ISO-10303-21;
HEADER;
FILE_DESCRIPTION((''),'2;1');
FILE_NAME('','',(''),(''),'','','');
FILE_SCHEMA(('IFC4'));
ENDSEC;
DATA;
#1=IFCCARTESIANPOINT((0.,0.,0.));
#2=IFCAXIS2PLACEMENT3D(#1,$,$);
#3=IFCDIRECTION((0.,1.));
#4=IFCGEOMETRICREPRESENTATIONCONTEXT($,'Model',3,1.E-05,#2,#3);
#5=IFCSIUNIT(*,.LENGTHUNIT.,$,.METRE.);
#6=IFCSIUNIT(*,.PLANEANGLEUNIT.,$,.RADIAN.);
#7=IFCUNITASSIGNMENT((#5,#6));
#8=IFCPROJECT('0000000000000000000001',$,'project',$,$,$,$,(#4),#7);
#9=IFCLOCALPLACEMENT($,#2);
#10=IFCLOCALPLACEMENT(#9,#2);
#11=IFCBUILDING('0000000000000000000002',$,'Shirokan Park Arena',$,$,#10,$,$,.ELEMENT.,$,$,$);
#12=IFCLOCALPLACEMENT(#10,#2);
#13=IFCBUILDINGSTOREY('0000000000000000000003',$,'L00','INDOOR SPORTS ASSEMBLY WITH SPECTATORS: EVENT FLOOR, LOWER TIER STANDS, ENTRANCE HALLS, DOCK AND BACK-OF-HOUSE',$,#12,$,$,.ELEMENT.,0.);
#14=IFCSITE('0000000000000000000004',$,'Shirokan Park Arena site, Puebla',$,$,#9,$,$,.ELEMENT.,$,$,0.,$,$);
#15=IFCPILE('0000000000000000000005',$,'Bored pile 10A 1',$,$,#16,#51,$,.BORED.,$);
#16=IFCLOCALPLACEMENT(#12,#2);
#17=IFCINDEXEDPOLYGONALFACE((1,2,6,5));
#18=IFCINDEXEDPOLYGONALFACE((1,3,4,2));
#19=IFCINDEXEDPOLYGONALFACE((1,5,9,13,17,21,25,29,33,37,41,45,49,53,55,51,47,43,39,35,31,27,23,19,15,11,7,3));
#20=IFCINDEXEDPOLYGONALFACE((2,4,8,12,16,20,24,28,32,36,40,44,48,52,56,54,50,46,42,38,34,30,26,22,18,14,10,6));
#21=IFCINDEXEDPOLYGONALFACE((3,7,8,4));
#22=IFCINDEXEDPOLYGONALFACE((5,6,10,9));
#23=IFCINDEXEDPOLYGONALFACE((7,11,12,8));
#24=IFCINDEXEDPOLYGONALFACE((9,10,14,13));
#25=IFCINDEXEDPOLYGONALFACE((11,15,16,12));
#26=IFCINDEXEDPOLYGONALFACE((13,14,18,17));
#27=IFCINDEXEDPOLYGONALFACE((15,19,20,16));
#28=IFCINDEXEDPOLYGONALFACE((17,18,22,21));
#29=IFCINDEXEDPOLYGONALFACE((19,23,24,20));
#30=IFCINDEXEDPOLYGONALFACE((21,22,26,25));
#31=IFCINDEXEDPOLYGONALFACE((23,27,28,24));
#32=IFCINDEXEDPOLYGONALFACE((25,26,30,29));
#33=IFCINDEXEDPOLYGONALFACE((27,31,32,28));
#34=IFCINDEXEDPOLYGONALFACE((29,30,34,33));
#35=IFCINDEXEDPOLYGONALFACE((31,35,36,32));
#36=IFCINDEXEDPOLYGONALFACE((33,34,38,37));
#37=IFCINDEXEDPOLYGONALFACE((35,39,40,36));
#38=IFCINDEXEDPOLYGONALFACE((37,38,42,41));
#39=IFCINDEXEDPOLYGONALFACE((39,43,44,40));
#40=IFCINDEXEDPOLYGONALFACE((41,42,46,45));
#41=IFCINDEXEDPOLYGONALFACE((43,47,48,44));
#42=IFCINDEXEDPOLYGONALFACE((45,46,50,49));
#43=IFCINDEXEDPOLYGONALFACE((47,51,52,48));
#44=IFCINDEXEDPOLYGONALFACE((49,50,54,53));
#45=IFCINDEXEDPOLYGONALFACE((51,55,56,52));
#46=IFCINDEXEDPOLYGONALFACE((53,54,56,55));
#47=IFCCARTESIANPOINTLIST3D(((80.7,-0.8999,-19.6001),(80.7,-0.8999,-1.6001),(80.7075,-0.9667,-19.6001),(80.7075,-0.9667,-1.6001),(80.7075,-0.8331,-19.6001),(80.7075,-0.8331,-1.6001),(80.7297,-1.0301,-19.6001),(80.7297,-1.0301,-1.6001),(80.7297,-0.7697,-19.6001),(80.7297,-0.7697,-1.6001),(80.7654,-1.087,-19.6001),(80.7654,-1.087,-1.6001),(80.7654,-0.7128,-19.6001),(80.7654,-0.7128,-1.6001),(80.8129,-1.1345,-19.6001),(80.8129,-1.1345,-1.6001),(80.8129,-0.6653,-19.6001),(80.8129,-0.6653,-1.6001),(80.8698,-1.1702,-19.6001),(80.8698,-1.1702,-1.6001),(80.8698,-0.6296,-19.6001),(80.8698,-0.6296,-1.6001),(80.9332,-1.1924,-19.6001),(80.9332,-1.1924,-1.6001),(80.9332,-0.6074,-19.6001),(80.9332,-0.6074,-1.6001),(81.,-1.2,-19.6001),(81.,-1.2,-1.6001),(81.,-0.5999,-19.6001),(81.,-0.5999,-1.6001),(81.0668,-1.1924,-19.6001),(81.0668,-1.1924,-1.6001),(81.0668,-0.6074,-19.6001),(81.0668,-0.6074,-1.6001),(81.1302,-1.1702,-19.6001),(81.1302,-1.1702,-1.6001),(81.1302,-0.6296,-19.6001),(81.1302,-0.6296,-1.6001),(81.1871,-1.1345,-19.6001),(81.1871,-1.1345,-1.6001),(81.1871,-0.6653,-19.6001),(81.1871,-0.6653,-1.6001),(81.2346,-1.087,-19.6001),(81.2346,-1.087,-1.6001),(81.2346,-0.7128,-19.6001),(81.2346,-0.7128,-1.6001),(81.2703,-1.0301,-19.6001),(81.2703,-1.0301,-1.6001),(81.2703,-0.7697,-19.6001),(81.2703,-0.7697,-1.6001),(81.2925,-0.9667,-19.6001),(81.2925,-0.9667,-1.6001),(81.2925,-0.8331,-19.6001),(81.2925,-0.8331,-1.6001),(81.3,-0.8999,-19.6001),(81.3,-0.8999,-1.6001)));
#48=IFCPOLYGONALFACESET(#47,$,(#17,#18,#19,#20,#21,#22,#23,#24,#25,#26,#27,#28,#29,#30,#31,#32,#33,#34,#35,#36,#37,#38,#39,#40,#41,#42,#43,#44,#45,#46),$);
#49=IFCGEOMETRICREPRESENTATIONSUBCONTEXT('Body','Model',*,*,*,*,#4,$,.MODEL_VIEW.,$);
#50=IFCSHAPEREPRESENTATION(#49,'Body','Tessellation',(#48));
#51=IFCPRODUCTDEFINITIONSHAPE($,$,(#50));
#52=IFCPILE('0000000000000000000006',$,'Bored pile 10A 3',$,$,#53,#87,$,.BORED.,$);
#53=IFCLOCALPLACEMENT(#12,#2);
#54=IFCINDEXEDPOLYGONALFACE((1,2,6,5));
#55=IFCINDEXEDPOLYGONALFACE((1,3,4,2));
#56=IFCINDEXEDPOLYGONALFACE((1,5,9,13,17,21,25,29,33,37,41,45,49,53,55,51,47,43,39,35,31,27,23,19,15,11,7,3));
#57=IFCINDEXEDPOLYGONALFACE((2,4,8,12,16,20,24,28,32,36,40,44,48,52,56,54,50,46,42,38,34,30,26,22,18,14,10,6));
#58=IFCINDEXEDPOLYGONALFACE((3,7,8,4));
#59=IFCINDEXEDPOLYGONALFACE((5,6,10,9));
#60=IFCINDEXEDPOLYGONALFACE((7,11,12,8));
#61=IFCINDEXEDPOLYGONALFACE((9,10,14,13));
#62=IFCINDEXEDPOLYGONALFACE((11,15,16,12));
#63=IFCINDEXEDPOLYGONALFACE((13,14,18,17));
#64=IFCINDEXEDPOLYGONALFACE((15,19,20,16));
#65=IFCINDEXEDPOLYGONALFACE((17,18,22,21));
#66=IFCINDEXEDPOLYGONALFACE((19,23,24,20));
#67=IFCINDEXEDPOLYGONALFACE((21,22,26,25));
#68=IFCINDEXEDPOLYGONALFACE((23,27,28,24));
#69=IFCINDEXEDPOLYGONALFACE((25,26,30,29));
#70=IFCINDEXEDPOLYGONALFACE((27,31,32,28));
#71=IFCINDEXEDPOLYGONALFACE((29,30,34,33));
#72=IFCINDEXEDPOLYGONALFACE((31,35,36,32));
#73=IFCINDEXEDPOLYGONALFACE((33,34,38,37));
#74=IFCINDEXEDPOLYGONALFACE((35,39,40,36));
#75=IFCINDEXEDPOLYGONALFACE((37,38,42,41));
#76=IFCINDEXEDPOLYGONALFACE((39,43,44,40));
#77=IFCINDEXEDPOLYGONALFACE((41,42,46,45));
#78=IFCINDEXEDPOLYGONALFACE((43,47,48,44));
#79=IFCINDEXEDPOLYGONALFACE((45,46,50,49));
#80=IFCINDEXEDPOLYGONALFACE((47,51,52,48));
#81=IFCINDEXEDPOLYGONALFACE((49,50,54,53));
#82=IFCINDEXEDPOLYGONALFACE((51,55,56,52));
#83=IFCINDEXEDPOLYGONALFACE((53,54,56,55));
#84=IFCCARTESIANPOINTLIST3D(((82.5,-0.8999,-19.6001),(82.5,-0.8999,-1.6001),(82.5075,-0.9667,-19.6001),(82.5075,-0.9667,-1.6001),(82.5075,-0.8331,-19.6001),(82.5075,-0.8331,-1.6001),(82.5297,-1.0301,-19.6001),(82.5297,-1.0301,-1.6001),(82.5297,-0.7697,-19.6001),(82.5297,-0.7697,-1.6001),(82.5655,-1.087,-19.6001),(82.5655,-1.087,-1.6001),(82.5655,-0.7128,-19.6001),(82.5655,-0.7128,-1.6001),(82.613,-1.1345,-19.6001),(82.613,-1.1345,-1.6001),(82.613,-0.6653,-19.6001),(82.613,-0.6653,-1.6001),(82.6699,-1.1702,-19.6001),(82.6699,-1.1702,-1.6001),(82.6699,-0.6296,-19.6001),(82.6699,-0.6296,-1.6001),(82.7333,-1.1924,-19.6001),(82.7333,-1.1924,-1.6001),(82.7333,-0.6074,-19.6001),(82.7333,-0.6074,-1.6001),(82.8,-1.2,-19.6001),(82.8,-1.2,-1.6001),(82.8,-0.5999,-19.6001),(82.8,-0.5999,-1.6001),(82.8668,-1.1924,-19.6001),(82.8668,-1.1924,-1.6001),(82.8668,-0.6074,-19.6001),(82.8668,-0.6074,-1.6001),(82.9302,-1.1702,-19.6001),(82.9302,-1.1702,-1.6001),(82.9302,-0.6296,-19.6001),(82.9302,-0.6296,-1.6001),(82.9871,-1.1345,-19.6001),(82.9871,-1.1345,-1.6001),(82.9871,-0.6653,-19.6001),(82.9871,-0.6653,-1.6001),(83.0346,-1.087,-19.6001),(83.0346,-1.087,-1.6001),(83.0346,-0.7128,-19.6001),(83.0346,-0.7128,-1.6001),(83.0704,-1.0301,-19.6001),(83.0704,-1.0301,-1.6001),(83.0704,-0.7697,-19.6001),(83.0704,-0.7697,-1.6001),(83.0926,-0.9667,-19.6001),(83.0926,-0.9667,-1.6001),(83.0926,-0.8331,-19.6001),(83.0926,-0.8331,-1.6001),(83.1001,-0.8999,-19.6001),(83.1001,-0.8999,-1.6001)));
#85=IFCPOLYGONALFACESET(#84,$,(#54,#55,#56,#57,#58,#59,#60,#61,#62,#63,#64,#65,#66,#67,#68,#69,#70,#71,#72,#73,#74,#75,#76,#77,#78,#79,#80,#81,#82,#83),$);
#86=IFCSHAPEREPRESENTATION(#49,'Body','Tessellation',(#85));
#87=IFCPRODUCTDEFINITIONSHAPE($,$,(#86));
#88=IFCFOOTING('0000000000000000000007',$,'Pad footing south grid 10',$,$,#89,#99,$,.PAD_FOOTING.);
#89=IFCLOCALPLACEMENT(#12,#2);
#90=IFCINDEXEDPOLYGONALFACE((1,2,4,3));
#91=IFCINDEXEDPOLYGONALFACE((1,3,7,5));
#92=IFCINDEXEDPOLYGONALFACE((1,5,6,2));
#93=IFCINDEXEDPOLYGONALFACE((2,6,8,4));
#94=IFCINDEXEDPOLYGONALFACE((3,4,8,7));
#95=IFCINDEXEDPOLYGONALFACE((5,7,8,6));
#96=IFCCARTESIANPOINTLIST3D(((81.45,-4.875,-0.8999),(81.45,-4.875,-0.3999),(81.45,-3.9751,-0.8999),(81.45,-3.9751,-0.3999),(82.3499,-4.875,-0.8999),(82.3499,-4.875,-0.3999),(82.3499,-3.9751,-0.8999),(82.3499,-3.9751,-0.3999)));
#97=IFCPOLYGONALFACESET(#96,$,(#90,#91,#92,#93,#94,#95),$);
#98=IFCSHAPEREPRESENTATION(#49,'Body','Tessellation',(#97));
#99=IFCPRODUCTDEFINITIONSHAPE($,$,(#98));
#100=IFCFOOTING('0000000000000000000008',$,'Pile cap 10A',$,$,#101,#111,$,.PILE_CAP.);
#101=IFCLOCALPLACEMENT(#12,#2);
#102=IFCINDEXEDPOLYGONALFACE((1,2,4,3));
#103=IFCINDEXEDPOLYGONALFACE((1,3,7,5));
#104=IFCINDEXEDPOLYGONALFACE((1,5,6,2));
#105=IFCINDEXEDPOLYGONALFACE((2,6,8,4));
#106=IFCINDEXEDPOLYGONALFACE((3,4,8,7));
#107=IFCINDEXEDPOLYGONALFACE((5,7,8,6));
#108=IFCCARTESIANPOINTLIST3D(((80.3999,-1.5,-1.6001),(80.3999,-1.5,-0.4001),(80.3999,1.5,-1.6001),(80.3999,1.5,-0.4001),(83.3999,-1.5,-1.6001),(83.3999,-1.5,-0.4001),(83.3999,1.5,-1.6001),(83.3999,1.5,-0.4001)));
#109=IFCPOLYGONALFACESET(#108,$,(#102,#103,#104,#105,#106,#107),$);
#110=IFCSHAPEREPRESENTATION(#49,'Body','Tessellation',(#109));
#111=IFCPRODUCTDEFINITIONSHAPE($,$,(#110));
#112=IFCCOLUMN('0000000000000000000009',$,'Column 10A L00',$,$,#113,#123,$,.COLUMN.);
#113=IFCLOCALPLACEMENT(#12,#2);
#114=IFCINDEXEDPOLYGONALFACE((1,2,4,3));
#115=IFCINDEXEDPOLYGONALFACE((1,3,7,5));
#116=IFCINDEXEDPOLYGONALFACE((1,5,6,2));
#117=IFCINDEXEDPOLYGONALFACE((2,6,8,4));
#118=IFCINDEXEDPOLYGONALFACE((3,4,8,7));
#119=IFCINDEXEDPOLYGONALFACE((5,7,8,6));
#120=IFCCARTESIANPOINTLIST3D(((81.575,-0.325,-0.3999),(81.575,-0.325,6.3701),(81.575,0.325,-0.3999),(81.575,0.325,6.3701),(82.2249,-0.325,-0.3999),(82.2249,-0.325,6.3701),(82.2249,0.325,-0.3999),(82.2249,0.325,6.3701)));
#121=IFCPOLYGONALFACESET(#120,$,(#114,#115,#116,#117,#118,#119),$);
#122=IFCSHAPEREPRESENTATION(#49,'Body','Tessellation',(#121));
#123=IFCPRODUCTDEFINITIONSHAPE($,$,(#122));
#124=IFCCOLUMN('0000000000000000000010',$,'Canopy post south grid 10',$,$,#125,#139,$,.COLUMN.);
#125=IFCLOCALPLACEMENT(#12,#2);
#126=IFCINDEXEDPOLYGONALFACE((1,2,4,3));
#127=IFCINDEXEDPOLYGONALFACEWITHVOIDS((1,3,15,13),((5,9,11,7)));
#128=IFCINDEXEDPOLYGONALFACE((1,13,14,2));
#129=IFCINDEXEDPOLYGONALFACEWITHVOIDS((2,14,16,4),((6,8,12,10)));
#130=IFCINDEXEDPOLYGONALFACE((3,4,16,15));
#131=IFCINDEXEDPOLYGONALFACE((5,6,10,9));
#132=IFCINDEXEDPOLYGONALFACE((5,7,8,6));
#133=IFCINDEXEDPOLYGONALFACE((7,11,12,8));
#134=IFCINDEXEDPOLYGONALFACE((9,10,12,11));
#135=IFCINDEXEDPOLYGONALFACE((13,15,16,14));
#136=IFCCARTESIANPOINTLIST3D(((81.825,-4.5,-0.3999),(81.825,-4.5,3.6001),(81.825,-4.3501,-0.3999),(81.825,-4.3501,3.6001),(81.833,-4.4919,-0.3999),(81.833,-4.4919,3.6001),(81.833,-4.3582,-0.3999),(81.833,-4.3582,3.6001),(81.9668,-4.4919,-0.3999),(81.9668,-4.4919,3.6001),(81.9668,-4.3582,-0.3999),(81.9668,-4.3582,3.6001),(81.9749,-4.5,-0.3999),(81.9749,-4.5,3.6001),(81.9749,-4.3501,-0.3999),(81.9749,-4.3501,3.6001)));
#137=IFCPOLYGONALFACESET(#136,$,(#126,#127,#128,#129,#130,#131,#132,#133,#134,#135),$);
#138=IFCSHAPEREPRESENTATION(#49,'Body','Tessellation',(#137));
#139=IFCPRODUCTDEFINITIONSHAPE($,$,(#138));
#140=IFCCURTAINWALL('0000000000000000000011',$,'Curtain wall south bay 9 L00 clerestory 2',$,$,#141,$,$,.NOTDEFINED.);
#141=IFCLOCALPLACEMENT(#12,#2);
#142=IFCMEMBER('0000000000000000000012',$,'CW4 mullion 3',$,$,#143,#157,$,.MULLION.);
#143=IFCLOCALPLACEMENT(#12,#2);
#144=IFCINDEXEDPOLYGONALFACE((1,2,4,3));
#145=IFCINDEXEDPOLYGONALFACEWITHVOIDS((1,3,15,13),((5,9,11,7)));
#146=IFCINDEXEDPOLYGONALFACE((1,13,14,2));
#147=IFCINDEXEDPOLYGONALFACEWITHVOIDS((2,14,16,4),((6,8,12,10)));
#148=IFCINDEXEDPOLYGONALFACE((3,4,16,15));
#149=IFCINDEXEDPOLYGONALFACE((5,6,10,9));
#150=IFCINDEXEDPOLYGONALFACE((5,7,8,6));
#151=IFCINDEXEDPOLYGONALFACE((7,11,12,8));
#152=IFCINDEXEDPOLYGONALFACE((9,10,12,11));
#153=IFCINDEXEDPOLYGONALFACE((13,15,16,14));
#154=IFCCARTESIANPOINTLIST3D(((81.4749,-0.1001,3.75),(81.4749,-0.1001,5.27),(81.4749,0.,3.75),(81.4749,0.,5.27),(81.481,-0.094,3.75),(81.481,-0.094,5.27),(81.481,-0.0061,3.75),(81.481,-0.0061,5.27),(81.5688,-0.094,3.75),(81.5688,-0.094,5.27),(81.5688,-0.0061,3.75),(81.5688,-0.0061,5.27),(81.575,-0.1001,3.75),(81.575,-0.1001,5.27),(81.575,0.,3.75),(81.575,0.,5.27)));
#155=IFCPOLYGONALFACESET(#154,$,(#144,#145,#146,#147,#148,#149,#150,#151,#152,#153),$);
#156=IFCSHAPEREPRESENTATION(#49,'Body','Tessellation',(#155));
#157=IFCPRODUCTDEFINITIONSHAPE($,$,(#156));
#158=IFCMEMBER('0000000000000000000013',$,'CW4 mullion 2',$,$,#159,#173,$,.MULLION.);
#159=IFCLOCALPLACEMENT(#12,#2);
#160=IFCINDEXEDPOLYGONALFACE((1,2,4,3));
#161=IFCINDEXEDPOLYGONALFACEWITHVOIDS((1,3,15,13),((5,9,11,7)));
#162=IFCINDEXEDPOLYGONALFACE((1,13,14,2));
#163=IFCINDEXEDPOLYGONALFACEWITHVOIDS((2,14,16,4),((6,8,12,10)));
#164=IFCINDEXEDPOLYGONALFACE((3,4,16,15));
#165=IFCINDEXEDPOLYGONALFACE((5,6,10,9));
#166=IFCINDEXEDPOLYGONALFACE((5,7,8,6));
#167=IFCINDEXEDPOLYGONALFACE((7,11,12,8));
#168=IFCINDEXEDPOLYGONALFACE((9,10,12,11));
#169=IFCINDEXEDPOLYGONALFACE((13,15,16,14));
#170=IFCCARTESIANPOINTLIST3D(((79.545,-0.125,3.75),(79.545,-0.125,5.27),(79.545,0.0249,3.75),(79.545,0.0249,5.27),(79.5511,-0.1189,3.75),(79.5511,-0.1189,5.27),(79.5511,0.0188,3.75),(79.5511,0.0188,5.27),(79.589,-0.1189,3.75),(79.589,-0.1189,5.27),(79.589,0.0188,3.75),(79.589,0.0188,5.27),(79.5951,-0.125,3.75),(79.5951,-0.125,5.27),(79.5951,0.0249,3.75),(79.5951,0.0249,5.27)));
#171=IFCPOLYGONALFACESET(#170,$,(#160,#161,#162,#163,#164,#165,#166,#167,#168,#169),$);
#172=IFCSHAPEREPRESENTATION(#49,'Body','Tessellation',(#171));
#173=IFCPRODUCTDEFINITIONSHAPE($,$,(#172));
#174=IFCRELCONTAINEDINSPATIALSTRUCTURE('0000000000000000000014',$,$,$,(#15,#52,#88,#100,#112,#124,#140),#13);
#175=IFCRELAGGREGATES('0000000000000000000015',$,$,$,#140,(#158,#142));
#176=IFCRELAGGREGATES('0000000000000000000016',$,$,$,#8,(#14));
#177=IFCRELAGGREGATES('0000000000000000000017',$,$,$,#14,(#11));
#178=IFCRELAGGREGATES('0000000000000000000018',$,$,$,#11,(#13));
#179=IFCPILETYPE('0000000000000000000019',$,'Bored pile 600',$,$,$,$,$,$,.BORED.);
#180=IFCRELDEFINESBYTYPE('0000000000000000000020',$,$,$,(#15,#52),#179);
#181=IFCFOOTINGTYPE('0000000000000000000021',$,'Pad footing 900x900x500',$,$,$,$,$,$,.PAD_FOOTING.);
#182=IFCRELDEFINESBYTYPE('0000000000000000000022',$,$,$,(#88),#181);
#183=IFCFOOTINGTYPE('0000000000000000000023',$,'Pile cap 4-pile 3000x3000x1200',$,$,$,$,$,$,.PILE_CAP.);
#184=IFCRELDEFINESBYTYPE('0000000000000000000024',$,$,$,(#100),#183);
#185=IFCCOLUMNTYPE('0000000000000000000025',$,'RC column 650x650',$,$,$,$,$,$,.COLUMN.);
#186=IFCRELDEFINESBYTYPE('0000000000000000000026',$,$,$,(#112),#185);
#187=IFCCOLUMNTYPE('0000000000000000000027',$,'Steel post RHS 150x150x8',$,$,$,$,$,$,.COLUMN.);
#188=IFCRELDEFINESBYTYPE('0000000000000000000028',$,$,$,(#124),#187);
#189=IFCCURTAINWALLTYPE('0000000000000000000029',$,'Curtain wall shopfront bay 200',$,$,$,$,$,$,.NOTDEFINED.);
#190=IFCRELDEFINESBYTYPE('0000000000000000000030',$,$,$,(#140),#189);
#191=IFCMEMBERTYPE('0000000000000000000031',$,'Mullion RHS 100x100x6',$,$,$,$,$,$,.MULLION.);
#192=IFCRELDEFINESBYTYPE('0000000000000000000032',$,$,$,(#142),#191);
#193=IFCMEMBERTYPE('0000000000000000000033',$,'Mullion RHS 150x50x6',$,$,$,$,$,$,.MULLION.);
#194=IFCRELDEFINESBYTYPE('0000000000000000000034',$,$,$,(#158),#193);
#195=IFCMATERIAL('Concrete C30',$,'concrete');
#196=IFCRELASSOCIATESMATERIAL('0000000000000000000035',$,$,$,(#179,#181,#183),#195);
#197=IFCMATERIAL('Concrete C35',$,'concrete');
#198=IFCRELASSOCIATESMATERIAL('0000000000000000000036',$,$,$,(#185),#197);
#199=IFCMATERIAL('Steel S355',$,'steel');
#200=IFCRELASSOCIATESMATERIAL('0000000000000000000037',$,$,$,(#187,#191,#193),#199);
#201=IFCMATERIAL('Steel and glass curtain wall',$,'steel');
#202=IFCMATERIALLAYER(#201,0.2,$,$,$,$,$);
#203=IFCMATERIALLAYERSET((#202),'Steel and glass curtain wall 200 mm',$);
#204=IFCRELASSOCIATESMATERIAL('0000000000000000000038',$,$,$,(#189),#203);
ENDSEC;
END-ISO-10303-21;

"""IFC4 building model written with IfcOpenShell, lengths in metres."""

from ifc_helpers import new_model, si_unit, direction, frame, origin, origin_2d, place, context, subcontext, project, spatial, rectangle, hollow_rectangle, circle, extrude, material, layer, layer_set, material_profile, profile_set, type_object, element, aggregate, save


model = new_model("IFC4")

# Units and contexts
model_context = context("Model", 3, precision=1e-05, world=origin(), true_north=direction((0.0, 1.0)))
body_context = subcontext(model_context, "Body", "Model", "MODEL_VIEW")
ifc_project = project(units=[si_unit("LENGTHUNIT", "METRE"), si_unit("PLANEANGLEUNIT", "RADIAN")], contexts=[model_context])

# Site, building, storey
site_placement = place(None, origin())
site = spatial("IfcSite", under=ifc_project, at=site_placement, Name="Shirokan Park Arena site, Puebla", CompositionType="ELEMENT", RefElevation=0.0)
building_placement = place(site_placement, origin())
building = spatial("IfcBuilding", under=site, at=building_placement, Name="Shirokan Park Arena", CompositionType="ELEMENT")
storey_placement = place(building_placement, origin())
storey = spatial("IfcBuildingStorey", under=building, at=storey_placement, Name="L00", Description="INDOOR SPORTS ASSEMBLY WITH SPECTATORS: EVENT FLOOR, LOWER TIER STANDS, ENTRANCE HALLS, DOCK AND BACK-OF-HOUSE", CompositionType="ELEMENT", Elevation=0.0)

# Piles
ifc_material_1 = material(Name="Concrete C30", Category="concrete")
ifc_material_profile_1 = material_profile(ifc_material_1, circle(Radius=0.3, at=origin_2d()), Name="D600")
ifc_profile_set_1 = profile_set([ifc_material_profile_1], Name="Concrete C30")
pile_type = type_object("IfcPileType", Name="Bored pile 600", PredefinedType="BORED", material=ifc_profile_set_1)
for number, where, z_axis, x_axis, name in (
    (1, (81.0, -0.8999, -1.6001), (0.0, 0.0, -1.0), (1.0, 0.0, 0.0), "Bored pile 10A 1"),
    (2, (82.8, -0.8999, -1.6001), (0.0, 0.0, -1.0), (1.0, 0.0, 0.0), "Bored pile 10A 3"),
):
    element("IfcPile", number, at=place(storey_placement, frame(where, z_axis=z_axis, x_axis=x_axis)), inside=storey, type_object=pile_type, Name=name, PredefinedType="BORED", context=body_context, shape_type="SweptSolid", body=[
        extrude(circle(Radius=0.3, at=origin_2d()), origin(), (0.0, 0.0, 1.0), 18.0),
    ])

# Footings
footing_type_1 = type_object("IfcFootingType", Name="Pad footing 900x900x500", PredefinedType="PAD_FOOTING", material=ifc_material_1)
footing_1_placement = place(storey_placement, frame((81.8999, -4.425, -0.8999), z_axis=(0.0, 0.0, 1.0), x_axis=(1.0, 0.0, 0.0)))
element("IfcFooting", 3, at=footing_1_placement, inside=storey, type_object=footing_type_1, Name="Pad footing south grid 10", PredefinedType="PAD_FOOTING", context=body_context, shape_type="SweptSolid", body=[
    extrude(rectangle(XDim=0.8999, YDim=0.8999, at=origin_2d()), origin(), (0.0, 0.0, 1.0), 0.5),
])
footing_type_2 = type_object("IfcFootingType", Name="Pile cap 4-pile 3000x3000x1200", PredefinedType="PILE_CAP", material=ifc_material_1)
footing_2_placement = place(storey_placement, frame((81.8999, 0.0, -1.6001), z_axis=(0.0, 0.0, 1.0), x_axis=(1.0, 0.0, 0.0)))
element("IfcFooting", 4, at=footing_2_placement, inside=storey, type_object=footing_type_2, Name="Pile cap 10A", PredefinedType="PILE_CAP", context=body_context, shape_type="SweptSolid", body=[
    extrude(rectangle(XDim=3.0, YDim=3.0, at=origin_2d()), origin(), (0.0, 0.0, 1.0), 1.2),
])

# Columns
ifc_material_2 = material(Name="Concrete C35", Category="concrete")
ifc_material_profile_2 = material_profile(ifc_material_2, rectangle(XDim=0.6499, YDim=0.6499, at=origin_2d()), Name="650x650")
ifc_profile_set_2 = profile_set([ifc_material_profile_2], Name="Concrete C35")
column_type_1 = type_object("IfcColumnType", Name="RC column 650x650", PredefinedType="COLUMN", material=ifc_profile_set_2)
column_1_placement = place(storey_placement, frame((81.8999, 0.0, -0.3999), z_axis=(0.0, 0.0, 1.0), x_axis=(1.0, 0.0, 0.0)))
element("IfcColumn", 5, at=column_1_placement, inside=storey, type_object=column_type_1, Name="Column 10A L00", PredefinedType="COLUMN", context=body_context, shape_type="SweptSolid", body=[
    extrude(rectangle(XDim=0.6499, YDim=0.6499, at=origin_2d()), origin(), (0.0, 0.0, 1.0), 6.77),
])
ifc_material_3 = material(Name="Steel S355", Category="steel")
ifc_material_profile_3 = material_profile(ifc_material_3, hollow_rectangle(XDim=0.1499, YDim=0.1499, WallThickness=0.0081, at=origin_2d()), Name="RHS 150x150x8")
ifc_profile_set_3 = profile_set([ifc_material_profile_3], Name="Steel S355")
column_type_2 = type_object("IfcColumnType", Name="Steel post RHS 150x150x8", PredefinedType="COLUMN", material=ifc_profile_set_3)
column_2_placement = place(storey_placement, frame((81.8999, -4.425, -0.3999), z_axis=(0.0, 0.0, 1.0), x_axis=(1.0, 0.0, 0.0)))
element("IfcColumn", 6, at=column_2_placement, inside=storey, type_object=column_type_2, Name="Canopy post south grid 10", PredefinedType="COLUMN", context=body_context, shape_type="SweptSolid", body=[
    extrude(hollow_rectangle(XDim=0.1499, YDim=0.1499, WallThickness=0.0081, at=origin_2d()), origin(), (0.0, 0.0, 1.0), 4.0),
])

# Curtain wall, members
ifc_material_4 = material(Name="Steel and glass curtain wall", Category="steel")
ifc_layer_1 = layer(ifc_material_4, 0.2)
ifc_layer_set_1 = layer_set([ifc_layer_1], Name="Steel and glass curtain wall 200 mm")
curtain_wall_type = type_object("IfcCurtainWallType", Name="Curtain wall shopfront bay 200", PredefinedType="NOTDEFINED", material=ifc_layer_set_1)
curtain_wall_placement = place(storey_placement, origin())
curtain_wall = element("IfcCurtainWall", 7, at=curtain_wall_placement, inside=storey, type_object=curtain_wall_type, Name="Curtain wall south bay 9 L00 clerestory 2", PredefinedType="NOTDEFINED")
ifc_material_profile_4 = material_profile(ifc_material_3, hollow_rectangle(XDim=0.1001, YDim=0.1001, WallThickness=0.0061, at=origin_2d()), Name="RHS 100x100x6")
ifc_profile_set_4 = profile_set([ifc_material_profile_4], Name="Steel S355")
member_type_1 = type_object("IfcMemberType", Name="Mullion RHS 100x100x6", PredefinedType="MULLION", material=ifc_profile_set_4)
member_1_placement = place(storey_placement, frame((81.5249, -0.05, 3.75), z_axis=(0.0, 0.0, 1.0), x_axis=(0.0, 1.0, 0.0)))
member_1 = element("IfcMember", 8, at=member_1_placement, type_object=member_type_1, Name="CW4 mullion 3", PredefinedType="MULLION", context=body_context, shape_type="SweptSolid", body=[
    extrude(hollow_rectangle(XDim=0.1001, YDim=0.1001, WallThickness=0.0061, at=origin_2d()), origin(), (0.0, 0.0, 1.0), 1.52),
])
ifc_material_profile_5 = material_profile(ifc_material_3, hollow_rectangle(XDim=0.1499, YDim=0.05, WallThickness=0.0061, at=origin_2d()), Name="RHS 150x50x6")
ifc_profile_set_5 = profile_set([ifc_material_profile_5], Name="Steel S355")
member_type_2 = type_object("IfcMemberType", Name="Mullion RHS 150x50x6", PredefinedType="MULLION", material=ifc_profile_set_5)
member_2_placement = place(storey_placement, frame((79.5701, -0.05, 3.75), z_axis=(0.0, 0.0, 1.0), x_axis=(0.0, 1.0, 0.0)))
member_2 = element("IfcMember", 9, at=member_2_placement, type_object=member_type_2, Name="CW4 mullion 2", PredefinedType="MULLION", context=body_context, shape_type="SweptSolid", body=[
    extrude(hollow_rectangle(XDim=0.1499, YDim=0.05, WallThickness=0.0061, at=origin_2d()), origin(), (0.0, 0.0, 1.0), 1.52),
])
aggregate(curtain_wall, [member_2, member_1])

save(model, "model.ifc")
